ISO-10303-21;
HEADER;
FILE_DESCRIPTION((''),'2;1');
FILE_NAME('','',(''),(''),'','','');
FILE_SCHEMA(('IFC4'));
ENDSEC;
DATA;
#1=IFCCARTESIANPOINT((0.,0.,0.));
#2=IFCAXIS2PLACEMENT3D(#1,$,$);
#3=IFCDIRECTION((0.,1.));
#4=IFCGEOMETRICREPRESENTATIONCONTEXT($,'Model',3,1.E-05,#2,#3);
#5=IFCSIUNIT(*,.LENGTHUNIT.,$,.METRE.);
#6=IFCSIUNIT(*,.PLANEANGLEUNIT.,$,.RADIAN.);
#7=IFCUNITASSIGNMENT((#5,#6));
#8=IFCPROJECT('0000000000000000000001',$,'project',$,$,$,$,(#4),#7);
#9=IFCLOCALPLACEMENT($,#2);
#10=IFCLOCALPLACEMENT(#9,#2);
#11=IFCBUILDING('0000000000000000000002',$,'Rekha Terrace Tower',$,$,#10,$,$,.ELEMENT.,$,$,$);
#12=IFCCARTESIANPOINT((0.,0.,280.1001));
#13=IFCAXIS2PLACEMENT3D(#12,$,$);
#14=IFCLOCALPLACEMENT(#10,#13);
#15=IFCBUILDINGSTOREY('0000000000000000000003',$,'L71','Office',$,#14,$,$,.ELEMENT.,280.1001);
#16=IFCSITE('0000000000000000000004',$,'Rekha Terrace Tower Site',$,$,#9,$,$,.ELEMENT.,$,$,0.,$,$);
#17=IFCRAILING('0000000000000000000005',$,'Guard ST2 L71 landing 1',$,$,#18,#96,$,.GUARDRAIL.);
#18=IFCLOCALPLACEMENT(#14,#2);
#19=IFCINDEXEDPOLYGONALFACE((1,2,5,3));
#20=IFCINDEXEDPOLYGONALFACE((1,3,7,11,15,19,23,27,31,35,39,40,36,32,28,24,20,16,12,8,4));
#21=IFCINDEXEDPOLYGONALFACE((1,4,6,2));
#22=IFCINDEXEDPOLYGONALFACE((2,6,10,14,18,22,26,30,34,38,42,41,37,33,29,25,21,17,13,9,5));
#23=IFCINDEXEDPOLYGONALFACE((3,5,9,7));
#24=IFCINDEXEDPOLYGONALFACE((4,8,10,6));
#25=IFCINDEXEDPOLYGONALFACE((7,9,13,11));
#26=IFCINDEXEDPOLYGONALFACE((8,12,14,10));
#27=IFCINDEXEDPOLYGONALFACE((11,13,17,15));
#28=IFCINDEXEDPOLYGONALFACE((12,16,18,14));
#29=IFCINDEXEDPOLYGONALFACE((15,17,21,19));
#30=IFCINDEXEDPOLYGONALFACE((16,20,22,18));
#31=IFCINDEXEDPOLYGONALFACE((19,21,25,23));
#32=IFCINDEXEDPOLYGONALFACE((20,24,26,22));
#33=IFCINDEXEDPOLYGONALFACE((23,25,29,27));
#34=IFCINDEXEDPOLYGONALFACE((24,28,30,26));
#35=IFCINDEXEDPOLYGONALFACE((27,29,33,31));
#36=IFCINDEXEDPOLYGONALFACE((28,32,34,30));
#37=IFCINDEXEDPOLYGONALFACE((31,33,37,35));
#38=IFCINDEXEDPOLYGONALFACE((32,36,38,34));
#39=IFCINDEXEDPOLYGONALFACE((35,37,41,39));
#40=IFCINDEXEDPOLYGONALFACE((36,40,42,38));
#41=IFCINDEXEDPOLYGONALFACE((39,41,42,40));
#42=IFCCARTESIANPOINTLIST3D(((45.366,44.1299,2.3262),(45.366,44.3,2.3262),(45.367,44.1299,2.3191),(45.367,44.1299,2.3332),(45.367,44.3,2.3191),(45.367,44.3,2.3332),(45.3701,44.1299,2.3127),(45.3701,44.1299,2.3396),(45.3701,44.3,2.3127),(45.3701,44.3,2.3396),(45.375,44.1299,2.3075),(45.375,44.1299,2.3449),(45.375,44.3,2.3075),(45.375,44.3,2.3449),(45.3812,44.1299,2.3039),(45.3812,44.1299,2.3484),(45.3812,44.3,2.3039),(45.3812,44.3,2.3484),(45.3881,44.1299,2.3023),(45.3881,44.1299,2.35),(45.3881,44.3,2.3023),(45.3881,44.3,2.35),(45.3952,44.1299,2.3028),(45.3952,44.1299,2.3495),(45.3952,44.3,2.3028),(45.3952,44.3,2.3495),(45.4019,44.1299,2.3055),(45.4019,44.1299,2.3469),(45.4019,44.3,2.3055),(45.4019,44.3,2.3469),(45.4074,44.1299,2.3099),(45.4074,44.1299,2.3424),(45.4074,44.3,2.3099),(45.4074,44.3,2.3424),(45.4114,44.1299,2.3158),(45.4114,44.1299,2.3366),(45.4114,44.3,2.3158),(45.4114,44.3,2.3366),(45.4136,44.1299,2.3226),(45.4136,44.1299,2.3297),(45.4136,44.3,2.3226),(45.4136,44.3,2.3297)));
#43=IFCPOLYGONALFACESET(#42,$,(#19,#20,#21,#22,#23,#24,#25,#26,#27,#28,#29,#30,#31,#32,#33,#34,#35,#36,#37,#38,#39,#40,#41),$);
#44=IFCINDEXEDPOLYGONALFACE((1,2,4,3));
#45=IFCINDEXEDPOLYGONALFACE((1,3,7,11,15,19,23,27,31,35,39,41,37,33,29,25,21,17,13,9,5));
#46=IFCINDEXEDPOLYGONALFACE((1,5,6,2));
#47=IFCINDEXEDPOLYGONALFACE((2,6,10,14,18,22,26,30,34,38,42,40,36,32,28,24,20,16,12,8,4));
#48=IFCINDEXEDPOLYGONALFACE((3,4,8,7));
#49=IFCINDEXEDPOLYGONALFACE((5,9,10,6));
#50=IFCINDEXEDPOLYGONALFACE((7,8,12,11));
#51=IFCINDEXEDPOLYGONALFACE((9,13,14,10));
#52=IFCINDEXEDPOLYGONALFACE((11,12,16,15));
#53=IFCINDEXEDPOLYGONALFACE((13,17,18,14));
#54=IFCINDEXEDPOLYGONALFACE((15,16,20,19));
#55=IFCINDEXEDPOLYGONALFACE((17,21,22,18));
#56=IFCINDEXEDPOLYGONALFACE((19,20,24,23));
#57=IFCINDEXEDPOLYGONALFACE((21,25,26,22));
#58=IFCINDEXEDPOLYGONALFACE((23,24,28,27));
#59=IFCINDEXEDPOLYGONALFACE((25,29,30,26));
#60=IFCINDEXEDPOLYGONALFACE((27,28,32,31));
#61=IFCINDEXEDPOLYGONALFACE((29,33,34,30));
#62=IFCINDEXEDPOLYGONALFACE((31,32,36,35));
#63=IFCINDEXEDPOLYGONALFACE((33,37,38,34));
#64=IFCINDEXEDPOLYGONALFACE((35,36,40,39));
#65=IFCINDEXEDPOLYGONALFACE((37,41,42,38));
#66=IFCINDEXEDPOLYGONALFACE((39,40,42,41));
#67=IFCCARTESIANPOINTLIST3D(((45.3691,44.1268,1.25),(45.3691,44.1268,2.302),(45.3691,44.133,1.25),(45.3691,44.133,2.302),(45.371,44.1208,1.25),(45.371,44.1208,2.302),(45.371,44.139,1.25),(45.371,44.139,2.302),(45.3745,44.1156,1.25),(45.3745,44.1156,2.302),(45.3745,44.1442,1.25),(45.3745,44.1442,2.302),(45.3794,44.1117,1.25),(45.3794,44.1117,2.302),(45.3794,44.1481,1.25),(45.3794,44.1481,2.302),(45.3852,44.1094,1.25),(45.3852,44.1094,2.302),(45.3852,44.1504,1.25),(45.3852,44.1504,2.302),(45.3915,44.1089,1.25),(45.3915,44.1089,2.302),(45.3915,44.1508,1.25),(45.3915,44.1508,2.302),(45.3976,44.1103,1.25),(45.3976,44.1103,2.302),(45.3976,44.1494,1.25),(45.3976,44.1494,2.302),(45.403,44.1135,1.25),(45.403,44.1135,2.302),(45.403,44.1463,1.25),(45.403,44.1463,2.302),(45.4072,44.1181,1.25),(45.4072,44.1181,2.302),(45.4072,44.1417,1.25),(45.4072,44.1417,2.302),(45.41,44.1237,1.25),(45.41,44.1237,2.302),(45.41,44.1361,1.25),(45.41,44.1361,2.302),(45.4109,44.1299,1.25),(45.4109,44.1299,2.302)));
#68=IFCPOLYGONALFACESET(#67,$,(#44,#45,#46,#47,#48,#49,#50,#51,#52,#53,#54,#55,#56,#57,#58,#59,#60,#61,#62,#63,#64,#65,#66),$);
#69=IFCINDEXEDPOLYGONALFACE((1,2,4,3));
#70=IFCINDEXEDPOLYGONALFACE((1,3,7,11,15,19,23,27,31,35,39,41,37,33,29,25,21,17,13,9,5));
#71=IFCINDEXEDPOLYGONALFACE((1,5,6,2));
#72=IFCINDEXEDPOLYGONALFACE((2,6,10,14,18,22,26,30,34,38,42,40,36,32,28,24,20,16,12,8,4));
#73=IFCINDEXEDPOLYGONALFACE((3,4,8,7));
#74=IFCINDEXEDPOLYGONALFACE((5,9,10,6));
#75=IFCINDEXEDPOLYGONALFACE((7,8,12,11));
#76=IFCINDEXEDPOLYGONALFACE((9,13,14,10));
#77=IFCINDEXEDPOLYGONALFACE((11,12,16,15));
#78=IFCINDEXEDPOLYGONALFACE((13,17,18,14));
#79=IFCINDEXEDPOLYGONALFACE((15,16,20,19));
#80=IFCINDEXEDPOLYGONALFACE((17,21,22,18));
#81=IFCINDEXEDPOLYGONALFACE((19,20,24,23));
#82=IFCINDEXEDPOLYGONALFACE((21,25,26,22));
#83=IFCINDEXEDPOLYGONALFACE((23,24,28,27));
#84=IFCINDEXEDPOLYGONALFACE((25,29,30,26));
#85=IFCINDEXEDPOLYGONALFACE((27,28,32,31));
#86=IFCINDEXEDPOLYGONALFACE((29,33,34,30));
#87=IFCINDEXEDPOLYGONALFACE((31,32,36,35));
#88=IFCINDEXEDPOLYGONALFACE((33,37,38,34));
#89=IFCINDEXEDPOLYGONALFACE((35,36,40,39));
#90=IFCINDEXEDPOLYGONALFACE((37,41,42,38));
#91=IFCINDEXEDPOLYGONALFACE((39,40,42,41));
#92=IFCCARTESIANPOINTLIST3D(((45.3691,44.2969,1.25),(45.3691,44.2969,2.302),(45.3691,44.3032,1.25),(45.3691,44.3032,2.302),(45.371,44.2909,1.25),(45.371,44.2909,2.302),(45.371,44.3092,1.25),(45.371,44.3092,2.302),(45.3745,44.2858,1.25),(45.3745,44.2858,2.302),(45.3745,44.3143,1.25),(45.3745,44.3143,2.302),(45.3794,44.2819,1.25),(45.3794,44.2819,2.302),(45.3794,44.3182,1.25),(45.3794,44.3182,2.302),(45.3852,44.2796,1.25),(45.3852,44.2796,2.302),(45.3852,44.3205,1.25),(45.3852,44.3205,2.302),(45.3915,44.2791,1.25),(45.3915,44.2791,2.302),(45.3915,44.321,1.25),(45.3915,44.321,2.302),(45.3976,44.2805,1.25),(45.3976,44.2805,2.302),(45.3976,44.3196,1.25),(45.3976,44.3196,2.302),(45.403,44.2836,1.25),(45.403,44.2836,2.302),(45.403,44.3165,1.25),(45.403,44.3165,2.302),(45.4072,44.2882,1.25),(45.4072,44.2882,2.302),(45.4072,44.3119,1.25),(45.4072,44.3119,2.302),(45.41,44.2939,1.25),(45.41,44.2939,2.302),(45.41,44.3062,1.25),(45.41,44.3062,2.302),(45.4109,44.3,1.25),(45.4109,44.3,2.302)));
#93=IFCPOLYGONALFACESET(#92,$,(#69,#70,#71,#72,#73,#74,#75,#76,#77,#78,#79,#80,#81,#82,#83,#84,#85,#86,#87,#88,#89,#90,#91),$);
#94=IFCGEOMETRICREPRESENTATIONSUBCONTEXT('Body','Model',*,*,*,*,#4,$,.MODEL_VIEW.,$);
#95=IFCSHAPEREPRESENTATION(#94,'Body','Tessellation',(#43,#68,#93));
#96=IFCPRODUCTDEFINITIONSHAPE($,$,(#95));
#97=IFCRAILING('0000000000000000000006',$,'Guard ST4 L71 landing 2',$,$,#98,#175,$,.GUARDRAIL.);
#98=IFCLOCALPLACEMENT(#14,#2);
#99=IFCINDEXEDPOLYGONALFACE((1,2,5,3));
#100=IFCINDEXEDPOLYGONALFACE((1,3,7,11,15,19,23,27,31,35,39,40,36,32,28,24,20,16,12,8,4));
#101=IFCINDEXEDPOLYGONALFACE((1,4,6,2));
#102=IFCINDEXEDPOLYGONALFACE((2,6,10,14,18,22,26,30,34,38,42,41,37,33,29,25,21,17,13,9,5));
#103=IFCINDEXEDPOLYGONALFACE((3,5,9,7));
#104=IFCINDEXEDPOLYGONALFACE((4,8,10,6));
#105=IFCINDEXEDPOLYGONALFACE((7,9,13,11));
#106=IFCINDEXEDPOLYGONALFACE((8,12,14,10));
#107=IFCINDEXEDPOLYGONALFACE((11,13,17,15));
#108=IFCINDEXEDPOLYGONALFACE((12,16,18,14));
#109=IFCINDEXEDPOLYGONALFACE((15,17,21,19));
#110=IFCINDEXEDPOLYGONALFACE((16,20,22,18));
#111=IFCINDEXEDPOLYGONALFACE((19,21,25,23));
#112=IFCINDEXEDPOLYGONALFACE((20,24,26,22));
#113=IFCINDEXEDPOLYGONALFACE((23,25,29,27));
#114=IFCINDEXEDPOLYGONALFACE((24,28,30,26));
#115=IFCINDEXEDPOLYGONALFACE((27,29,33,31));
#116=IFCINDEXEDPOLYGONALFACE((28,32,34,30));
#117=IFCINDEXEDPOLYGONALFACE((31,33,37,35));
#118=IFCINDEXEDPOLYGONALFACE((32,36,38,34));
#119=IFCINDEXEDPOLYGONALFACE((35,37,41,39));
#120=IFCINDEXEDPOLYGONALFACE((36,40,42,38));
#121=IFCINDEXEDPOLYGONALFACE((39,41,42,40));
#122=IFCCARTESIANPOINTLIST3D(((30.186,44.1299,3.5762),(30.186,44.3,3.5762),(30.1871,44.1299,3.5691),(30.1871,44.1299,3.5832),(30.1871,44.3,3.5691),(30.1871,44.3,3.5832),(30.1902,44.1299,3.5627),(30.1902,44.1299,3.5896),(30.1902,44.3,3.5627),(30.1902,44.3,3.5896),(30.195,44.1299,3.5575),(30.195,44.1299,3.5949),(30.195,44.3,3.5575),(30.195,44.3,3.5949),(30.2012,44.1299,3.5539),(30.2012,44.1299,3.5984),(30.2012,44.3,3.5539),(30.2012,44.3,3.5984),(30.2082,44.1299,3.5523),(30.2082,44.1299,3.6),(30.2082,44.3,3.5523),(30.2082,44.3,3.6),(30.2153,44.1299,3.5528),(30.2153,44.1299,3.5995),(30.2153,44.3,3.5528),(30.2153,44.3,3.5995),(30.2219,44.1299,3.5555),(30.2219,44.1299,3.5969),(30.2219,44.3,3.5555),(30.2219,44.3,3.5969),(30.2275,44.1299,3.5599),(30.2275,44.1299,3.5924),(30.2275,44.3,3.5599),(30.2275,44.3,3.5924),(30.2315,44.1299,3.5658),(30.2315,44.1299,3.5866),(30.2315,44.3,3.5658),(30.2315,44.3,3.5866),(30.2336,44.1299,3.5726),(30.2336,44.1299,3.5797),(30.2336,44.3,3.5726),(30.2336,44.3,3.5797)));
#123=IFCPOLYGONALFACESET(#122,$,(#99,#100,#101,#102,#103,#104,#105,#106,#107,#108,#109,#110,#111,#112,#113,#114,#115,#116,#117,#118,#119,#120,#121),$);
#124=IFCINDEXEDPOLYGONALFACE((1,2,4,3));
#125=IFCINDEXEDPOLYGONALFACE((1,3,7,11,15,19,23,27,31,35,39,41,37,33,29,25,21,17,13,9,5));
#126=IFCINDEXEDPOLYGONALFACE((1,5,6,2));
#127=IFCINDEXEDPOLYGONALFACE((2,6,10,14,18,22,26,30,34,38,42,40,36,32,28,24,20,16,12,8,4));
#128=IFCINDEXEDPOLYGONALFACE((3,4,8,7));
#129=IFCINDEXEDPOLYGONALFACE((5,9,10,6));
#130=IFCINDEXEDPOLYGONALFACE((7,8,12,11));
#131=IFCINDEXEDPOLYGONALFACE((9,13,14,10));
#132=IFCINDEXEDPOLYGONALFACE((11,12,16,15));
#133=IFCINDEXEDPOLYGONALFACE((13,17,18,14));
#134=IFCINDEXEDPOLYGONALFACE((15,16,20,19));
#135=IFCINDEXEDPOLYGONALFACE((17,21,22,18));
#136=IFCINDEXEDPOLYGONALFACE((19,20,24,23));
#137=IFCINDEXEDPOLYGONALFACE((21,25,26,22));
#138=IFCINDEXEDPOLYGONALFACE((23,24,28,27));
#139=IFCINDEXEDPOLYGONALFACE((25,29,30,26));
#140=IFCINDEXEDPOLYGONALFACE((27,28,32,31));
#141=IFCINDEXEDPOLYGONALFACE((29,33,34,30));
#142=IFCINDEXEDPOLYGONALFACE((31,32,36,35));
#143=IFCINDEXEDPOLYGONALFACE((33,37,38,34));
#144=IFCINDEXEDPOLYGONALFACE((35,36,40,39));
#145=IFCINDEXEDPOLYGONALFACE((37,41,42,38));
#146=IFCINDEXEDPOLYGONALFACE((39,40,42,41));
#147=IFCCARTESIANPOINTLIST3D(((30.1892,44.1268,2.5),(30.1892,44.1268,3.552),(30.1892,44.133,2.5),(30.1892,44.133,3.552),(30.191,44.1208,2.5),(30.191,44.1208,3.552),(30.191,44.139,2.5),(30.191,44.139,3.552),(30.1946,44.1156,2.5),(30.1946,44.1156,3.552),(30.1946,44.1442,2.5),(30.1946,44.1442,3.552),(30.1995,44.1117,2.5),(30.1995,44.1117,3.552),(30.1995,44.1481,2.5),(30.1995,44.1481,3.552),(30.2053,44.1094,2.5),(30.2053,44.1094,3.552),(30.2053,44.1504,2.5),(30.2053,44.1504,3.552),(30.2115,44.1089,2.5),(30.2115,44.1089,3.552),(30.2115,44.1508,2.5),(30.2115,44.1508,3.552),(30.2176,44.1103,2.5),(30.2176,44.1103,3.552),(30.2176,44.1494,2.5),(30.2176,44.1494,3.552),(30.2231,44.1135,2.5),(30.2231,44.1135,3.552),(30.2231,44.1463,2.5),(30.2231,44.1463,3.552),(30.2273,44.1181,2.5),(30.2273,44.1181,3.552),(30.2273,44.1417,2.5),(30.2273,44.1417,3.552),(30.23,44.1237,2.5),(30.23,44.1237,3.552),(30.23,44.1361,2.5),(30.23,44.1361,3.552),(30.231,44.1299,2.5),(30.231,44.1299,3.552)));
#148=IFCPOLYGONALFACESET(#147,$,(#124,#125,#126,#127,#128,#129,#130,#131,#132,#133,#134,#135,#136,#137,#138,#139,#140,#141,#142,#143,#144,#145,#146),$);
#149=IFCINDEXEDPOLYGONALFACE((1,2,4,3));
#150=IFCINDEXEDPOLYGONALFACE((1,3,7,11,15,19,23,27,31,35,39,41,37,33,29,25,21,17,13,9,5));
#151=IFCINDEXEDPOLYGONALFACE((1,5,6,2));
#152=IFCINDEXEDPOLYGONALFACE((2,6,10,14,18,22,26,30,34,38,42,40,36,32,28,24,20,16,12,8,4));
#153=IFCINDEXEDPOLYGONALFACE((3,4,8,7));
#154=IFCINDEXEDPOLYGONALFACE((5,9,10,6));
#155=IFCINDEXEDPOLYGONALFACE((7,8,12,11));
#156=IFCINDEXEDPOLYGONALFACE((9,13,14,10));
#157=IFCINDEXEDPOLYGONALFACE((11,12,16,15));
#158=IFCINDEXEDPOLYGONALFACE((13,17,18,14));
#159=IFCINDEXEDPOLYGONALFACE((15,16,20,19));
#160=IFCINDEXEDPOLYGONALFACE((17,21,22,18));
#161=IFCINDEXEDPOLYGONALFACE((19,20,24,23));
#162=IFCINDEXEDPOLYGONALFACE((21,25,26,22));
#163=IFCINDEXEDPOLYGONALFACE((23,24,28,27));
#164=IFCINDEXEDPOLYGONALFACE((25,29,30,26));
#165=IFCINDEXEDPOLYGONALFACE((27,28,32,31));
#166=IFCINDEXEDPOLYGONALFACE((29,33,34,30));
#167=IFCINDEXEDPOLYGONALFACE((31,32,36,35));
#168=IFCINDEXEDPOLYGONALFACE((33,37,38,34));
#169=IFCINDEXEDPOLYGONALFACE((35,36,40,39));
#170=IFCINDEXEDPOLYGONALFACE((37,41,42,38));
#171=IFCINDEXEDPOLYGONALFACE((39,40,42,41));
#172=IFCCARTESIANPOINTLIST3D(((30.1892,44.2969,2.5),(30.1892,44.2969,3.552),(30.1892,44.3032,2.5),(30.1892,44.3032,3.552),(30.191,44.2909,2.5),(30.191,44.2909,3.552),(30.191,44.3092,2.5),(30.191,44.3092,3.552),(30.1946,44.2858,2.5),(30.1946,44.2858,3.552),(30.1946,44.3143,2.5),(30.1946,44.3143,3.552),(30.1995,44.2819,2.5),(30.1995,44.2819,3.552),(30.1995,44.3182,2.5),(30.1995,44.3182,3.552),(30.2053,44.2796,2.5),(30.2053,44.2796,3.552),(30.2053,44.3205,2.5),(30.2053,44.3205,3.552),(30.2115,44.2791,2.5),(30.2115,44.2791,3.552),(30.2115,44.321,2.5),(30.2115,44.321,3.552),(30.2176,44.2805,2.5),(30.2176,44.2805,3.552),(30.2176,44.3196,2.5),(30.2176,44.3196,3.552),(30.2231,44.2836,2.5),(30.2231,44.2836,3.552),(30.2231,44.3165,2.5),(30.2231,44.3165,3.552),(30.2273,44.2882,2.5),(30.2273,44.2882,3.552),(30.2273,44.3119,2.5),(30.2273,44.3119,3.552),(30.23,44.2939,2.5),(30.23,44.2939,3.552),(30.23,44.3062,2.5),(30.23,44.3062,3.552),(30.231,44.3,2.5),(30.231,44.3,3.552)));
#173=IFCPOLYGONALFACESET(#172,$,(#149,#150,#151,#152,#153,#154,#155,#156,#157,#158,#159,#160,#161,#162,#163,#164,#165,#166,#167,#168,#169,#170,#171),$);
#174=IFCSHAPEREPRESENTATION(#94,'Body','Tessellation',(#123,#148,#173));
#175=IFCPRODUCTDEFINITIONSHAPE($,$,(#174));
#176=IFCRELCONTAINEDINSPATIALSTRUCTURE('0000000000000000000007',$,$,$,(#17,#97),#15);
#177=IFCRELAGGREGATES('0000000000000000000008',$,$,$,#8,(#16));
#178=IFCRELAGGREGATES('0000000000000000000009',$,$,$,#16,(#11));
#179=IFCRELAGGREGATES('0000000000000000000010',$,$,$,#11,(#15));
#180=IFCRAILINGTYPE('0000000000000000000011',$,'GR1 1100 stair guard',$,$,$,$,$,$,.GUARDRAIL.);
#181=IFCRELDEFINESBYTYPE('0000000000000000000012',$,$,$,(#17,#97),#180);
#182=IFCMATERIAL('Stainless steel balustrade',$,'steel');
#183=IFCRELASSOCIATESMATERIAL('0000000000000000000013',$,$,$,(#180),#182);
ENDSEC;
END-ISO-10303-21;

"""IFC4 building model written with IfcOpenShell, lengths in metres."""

from ifc_helpers import new_model, si_unit, direction, frame, origin, origin_2d, place, context, subcontext, project, spatial, circle, extrude, material, type_object, element, save


model = new_model("IFC4")

# Units and contexts
model_context = context("Model", 3, precision=1e-05, world=origin(), true_north=direction((0.0, 1.0)))
body_context = subcontext(model_context, "Body", "Model", "MODEL_VIEW")
ifc_project = project(units=[si_unit("LENGTHUNIT", "METRE"), si_unit("PLANEANGLEUNIT", "RADIAN")], contexts=[model_context])

# Site, building, storey
site_placement = place(None, origin())
site = spatial("IfcSite", under=ifc_project, at=site_placement, Name="Rekha Terrace Tower Site", CompositionType="ELEMENT", RefElevation=0.0)
building_placement = place(site_placement, origin())
building = spatial("IfcBuilding", under=site, at=building_placement, Name="Rekha Terrace Tower", CompositionType="ELEMENT")
storey_placement = place(building_placement, frame((0.0, 0.0, 280.1001)))
storey = spatial("IfcBuildingStorey", under=building, at=storey_placement, Name="L71", Description="Office", CompositionType="ELEMENT", Elevation=280.1001)

# Railings
ifc_material_1 = material(Name="Stainless steel balustrade", Category="steel")
railing_type_1 = type_object("IfcRailingType", Name="GR1 1100 stair guard", PredefinedType="GUARDRAIL", material=ifc_material_1)
for number, where, name in (
    (1, (45.3899, 44.1299, 1.25), "Guard ST2 L71 landing 1"),
    (2, (30.21, 44.1299, 2.5), "Guard ST4 L71 landing 2"),
):
    element("IfcRailing", number, at=place(storey_placement, frame(where)), inside=storey, type_object=railing_type_1, Name=name, PredefinedType="GUARDRAIL", context=body_context, shape_type="SweptSolid", body=[
        extrude(circle(Radius=0.0239, at=origin_2d()), frame((0.0, 0.0, 1.0762), z_axis=(0.0, 1.0, 0.0), x_axis=(-1.0, 0.0, 0.0)), (0.0, 0.0, 1.0), 0.1702),
        extrude(circle(Radius=0.021, at=origin_2d()), origin(), (0.0, 0.0, 1.0), 1.052),
        extrude(circle(Radius=0.021, at=origin_2d()), frame((0.0, 0.1702, 0.0)), (0.0, 0.0, 1.0), 1.052),
    ])

save(model, "model.ifc")
